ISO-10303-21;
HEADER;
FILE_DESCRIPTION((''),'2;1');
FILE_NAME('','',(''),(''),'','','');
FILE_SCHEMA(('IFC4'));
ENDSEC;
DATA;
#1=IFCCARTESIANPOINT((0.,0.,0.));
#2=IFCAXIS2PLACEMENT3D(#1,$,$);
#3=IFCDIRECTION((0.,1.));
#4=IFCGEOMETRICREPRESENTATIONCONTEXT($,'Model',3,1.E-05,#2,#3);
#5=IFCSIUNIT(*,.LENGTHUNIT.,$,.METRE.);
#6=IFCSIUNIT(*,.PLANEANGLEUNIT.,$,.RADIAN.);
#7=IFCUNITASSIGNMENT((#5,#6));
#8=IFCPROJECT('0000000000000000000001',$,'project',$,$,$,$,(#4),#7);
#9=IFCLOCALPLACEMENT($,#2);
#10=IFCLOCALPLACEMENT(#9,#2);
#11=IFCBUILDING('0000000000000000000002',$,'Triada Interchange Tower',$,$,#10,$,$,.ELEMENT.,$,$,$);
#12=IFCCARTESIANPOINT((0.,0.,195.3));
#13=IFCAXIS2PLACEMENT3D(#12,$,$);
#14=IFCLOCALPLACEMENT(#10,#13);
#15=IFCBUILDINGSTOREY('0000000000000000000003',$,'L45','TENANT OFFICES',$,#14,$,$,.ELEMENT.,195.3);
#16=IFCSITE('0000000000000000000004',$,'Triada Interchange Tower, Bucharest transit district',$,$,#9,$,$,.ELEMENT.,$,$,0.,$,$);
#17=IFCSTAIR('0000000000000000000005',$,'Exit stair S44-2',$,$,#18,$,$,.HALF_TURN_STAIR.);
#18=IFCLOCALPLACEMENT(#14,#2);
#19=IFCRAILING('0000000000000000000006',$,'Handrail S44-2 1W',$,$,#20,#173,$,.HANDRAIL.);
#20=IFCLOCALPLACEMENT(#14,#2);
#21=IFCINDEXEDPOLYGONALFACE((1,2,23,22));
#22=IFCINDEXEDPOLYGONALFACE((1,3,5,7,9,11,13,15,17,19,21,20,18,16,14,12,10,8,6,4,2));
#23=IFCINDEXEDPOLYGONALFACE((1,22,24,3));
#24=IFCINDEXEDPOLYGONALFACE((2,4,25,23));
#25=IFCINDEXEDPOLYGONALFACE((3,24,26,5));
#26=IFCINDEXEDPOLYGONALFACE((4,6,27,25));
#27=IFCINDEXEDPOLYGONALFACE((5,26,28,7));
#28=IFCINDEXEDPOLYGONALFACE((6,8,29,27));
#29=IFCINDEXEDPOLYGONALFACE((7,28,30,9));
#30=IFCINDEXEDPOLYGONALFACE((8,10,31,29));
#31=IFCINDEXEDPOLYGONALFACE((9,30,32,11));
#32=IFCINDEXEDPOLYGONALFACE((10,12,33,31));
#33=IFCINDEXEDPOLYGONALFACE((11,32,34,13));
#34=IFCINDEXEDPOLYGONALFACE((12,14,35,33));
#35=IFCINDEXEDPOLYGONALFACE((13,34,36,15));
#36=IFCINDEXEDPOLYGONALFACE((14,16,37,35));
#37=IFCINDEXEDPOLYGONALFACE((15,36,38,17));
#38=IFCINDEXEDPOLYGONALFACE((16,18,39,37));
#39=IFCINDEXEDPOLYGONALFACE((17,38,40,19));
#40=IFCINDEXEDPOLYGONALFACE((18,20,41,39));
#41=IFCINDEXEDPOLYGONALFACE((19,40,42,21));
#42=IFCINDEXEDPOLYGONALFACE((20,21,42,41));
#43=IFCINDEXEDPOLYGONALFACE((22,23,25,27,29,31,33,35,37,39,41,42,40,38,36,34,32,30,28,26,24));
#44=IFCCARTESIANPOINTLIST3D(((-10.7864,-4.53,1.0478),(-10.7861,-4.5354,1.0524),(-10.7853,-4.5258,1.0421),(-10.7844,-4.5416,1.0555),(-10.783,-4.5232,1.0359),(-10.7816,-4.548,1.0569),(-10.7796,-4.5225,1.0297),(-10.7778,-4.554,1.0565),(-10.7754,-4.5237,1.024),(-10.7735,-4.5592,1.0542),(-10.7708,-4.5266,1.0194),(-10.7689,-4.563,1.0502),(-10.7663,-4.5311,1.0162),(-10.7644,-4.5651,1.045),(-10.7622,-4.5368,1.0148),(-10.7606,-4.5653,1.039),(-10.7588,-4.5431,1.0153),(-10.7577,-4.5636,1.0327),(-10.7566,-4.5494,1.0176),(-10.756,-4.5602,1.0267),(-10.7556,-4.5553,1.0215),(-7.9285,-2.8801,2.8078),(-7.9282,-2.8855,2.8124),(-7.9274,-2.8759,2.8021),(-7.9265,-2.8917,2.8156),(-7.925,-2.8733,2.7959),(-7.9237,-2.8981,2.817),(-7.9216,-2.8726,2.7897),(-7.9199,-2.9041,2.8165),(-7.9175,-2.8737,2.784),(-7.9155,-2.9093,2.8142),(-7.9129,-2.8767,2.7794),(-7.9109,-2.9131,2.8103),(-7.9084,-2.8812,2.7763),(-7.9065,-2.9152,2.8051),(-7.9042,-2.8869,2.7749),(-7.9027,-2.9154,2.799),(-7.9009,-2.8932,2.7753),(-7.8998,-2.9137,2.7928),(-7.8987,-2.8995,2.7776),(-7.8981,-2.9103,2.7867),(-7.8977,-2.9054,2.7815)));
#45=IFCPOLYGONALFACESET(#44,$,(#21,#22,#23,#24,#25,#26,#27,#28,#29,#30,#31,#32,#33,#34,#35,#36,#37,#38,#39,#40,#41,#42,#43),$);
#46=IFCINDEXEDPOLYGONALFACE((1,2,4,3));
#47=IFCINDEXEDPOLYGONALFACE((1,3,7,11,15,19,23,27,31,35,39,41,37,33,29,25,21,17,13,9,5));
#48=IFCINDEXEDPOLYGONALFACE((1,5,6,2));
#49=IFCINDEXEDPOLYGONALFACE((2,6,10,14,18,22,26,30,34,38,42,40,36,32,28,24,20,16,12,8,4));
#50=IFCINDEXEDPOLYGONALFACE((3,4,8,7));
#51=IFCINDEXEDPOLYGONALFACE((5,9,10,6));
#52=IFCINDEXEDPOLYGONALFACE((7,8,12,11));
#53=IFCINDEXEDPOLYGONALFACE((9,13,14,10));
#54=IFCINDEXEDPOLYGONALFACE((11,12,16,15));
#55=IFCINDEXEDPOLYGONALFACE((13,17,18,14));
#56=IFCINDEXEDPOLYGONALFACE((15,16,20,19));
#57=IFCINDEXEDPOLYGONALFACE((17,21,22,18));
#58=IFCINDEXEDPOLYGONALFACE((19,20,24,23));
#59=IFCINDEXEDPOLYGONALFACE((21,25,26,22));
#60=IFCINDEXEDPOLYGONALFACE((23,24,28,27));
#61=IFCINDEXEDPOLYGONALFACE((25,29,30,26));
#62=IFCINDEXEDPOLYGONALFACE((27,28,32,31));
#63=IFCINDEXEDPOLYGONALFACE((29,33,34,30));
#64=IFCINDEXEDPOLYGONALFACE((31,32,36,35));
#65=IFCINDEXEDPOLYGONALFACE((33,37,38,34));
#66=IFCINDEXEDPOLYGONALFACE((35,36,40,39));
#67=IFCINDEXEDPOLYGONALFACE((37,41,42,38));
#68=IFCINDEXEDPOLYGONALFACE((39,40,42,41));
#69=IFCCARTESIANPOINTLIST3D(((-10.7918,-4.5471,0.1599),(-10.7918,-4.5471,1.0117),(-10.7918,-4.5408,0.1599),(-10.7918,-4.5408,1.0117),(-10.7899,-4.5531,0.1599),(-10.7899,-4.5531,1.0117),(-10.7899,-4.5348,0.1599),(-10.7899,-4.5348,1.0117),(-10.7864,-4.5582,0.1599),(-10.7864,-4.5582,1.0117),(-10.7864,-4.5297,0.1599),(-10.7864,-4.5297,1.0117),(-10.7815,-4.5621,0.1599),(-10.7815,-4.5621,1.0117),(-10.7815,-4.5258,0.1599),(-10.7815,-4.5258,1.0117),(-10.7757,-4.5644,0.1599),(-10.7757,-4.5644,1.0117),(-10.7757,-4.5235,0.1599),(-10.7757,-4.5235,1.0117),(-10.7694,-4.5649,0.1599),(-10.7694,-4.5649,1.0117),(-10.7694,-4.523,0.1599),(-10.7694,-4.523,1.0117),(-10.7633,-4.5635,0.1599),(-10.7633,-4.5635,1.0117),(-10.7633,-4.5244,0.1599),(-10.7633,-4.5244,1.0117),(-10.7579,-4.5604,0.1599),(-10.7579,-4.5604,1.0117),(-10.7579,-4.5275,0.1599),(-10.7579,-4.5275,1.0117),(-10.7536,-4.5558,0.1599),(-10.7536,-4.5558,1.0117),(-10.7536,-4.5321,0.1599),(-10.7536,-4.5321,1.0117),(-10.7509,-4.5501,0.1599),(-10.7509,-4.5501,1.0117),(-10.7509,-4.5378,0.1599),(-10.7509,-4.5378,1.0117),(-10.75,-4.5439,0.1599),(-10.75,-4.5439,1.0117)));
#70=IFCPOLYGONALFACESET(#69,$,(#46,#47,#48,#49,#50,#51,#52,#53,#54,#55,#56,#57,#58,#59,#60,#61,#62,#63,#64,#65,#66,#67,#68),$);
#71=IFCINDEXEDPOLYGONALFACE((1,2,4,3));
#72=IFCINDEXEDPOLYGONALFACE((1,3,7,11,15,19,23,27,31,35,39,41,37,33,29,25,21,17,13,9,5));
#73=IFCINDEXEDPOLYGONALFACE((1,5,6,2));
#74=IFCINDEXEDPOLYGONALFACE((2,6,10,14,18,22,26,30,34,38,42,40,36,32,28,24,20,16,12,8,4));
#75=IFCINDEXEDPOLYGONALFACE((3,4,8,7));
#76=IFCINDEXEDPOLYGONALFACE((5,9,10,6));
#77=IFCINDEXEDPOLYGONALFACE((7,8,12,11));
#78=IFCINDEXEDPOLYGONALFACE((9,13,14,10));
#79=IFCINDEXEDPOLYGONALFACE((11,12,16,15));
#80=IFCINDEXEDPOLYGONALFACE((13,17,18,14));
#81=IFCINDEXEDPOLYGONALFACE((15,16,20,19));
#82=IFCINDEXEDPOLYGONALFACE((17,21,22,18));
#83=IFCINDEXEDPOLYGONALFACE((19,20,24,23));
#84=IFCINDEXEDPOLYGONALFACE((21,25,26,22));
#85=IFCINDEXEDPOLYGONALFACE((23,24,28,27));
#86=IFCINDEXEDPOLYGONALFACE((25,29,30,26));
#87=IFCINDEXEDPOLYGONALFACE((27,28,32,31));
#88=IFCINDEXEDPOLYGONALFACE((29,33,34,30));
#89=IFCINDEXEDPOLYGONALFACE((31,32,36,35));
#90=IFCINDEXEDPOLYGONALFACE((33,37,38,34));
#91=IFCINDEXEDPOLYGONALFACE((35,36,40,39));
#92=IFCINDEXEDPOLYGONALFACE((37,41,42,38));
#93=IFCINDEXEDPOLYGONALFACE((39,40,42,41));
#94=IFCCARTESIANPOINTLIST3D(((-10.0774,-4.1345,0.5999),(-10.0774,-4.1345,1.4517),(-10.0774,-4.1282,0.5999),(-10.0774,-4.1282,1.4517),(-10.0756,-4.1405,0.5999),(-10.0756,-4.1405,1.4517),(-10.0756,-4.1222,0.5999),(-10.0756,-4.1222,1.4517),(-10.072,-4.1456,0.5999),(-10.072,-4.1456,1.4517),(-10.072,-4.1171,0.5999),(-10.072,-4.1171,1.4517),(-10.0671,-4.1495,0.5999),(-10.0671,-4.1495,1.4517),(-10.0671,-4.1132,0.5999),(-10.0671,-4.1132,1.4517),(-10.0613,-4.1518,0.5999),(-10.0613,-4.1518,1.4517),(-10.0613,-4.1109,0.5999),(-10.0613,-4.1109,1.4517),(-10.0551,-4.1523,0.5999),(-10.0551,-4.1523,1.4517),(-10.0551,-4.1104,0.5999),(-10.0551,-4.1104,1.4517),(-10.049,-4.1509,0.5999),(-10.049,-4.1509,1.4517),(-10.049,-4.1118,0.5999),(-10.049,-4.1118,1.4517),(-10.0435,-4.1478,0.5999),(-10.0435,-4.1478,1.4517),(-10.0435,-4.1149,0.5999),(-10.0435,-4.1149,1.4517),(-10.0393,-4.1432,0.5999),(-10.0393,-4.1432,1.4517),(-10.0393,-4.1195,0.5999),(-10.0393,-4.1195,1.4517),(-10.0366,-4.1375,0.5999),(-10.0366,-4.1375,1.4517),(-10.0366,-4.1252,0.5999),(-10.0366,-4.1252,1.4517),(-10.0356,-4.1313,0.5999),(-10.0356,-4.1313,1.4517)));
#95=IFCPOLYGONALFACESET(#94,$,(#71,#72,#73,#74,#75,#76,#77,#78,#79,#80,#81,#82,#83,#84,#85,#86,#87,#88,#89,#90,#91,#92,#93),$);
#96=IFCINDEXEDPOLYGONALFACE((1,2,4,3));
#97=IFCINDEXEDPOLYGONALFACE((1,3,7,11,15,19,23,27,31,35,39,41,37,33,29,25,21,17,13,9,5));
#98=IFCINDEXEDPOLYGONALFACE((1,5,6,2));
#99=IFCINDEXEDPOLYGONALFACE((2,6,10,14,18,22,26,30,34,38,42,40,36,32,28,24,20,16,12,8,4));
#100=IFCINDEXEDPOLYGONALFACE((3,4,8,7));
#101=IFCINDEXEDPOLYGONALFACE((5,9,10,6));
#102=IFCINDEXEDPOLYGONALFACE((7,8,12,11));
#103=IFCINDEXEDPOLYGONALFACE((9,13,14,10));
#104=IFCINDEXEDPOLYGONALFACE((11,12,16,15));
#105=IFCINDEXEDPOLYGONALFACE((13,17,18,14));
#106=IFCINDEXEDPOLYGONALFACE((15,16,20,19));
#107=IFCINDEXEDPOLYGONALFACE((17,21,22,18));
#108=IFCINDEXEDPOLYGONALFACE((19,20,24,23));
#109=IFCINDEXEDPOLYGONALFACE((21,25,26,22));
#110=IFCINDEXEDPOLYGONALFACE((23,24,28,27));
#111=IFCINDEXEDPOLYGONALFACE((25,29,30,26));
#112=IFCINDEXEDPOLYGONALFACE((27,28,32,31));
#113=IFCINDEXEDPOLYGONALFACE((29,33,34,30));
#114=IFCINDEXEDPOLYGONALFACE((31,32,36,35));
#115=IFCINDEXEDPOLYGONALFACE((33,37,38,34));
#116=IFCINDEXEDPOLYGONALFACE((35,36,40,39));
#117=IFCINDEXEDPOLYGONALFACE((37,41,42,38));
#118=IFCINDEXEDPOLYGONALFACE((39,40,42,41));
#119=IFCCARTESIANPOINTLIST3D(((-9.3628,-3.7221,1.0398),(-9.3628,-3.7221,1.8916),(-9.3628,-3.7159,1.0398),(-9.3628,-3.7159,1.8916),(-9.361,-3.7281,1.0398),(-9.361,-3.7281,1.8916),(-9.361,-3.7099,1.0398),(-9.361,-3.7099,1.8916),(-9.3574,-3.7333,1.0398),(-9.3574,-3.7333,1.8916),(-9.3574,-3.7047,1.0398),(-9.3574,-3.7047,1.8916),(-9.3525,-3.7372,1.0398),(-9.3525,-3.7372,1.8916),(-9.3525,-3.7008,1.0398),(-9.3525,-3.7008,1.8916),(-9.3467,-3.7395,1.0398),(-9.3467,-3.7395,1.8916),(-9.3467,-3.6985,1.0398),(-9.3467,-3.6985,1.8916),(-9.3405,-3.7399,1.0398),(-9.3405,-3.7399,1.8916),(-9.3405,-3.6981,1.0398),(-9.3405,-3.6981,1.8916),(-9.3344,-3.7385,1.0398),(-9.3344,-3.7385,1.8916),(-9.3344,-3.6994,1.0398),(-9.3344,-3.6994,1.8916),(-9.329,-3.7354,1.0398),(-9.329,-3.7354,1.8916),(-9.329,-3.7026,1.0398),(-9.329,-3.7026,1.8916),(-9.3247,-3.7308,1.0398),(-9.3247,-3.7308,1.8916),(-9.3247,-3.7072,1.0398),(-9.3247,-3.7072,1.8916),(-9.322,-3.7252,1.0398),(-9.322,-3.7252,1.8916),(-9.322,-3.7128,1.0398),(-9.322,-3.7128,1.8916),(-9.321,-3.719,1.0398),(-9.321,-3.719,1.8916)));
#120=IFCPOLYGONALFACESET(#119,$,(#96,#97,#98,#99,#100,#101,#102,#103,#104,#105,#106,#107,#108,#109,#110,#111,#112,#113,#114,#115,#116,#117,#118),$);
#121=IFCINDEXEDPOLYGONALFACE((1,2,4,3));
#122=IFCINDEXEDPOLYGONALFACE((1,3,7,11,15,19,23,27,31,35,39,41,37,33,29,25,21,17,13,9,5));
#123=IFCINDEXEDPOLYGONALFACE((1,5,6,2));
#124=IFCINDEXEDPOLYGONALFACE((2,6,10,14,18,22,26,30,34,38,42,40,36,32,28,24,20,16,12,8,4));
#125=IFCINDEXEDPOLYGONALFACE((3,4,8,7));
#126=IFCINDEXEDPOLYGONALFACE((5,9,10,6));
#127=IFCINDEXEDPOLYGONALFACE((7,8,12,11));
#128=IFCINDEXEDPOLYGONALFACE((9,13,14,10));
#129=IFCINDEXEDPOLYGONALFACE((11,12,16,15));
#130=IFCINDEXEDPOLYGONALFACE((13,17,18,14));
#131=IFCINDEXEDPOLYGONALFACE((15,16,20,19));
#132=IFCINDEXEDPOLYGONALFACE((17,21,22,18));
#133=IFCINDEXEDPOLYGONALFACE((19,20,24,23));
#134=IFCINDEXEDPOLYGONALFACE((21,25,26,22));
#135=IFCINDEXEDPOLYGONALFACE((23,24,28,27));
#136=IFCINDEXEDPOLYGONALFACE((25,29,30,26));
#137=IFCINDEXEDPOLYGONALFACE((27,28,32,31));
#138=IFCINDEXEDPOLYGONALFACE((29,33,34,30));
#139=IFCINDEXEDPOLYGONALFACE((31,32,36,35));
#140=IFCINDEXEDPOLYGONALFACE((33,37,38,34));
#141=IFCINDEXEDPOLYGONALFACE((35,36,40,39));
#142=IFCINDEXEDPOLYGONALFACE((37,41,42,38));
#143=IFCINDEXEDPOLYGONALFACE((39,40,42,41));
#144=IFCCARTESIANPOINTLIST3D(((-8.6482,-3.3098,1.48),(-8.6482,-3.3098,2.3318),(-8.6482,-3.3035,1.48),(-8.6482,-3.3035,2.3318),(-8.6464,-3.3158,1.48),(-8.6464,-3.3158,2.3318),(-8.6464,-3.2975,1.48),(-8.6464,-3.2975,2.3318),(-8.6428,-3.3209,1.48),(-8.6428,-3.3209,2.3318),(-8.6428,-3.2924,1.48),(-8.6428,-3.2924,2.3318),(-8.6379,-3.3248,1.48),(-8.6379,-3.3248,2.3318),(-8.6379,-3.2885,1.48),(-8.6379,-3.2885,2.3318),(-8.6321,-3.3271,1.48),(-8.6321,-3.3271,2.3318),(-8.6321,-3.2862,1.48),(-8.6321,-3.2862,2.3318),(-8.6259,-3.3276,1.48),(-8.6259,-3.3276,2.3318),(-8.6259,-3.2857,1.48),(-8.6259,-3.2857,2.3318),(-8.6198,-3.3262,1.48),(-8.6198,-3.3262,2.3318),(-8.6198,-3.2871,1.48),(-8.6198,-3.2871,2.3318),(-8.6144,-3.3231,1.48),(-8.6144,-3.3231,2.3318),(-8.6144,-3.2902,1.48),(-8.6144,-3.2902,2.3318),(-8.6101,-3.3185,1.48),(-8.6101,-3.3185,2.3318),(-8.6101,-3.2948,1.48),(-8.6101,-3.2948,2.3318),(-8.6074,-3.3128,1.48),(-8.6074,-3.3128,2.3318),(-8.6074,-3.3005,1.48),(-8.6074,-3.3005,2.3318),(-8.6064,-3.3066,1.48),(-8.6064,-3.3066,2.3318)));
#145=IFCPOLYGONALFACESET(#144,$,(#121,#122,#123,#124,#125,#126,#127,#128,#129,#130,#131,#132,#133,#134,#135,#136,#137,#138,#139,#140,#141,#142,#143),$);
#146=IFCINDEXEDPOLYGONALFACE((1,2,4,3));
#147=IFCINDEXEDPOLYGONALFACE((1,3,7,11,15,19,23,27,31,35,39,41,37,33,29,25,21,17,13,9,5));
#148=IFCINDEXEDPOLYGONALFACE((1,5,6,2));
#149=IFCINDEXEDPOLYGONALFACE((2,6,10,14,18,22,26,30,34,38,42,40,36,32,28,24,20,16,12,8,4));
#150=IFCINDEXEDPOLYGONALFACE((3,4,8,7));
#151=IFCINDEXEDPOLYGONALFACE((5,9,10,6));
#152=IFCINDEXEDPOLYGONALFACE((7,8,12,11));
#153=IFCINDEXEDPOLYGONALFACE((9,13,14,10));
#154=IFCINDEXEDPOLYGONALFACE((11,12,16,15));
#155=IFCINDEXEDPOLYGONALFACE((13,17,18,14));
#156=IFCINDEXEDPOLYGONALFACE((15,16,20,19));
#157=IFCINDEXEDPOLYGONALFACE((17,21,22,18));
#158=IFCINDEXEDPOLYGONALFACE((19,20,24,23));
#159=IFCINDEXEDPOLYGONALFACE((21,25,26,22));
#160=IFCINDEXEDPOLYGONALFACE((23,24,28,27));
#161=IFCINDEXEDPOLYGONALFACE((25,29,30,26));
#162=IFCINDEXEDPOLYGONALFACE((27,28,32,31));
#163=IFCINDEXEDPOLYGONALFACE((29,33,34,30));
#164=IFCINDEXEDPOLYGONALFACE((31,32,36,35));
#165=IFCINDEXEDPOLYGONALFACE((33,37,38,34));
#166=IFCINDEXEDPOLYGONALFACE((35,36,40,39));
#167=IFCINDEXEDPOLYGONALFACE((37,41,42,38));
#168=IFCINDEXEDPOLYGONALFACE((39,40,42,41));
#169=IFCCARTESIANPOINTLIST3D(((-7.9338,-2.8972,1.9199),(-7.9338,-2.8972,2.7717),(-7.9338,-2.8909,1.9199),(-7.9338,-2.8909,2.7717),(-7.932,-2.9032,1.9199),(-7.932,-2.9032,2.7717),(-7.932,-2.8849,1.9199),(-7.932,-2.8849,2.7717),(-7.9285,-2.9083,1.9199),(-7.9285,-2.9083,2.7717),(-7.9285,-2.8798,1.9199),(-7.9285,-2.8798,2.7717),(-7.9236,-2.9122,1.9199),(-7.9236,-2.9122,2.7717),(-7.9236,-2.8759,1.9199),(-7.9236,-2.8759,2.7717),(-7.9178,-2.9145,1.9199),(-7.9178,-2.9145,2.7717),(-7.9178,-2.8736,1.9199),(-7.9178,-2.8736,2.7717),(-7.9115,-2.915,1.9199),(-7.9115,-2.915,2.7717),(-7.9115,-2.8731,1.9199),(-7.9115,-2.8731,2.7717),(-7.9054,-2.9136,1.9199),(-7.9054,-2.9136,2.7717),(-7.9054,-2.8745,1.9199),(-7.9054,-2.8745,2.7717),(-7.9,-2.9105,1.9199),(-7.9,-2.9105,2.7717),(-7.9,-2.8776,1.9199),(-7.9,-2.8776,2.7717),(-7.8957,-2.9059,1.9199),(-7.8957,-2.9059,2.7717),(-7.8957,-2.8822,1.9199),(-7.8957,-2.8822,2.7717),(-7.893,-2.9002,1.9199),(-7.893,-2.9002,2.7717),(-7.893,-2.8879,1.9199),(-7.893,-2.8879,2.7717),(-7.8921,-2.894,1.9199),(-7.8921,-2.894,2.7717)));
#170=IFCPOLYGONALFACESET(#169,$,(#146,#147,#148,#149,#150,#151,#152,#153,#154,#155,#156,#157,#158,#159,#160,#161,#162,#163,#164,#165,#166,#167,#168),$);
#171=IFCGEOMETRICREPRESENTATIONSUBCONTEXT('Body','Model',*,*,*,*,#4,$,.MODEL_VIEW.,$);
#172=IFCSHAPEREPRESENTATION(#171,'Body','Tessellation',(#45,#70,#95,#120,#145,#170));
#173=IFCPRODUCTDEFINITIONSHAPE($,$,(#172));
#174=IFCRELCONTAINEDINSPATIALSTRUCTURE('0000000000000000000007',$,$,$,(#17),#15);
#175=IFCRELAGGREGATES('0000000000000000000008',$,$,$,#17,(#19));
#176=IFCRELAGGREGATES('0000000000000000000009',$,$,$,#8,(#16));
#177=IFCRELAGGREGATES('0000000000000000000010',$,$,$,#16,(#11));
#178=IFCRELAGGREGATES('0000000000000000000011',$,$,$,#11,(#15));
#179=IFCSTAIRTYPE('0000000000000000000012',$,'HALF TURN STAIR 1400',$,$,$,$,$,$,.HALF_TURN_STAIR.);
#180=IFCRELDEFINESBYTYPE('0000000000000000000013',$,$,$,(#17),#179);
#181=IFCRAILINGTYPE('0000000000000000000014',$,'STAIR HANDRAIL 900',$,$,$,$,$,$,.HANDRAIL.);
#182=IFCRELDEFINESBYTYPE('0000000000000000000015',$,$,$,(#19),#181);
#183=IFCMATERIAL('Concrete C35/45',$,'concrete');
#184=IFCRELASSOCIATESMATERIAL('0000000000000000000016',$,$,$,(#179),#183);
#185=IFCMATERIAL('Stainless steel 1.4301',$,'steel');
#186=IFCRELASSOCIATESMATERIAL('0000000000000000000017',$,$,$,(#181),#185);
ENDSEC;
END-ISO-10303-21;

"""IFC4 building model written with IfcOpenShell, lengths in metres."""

from ifc_helpers import new_model, si_unit, direction, frame, origin, origin_2d, place, context, subcontext, project, spatial, circle, extrude, material, type_object, element, aggregate, save


model = new_model("IFC4")

# Units and contexts
model_context = context("Model", 3, precision=1e-05, world=origin(), true_north=direction((0.0, 1.0)))
body_context = subcontext(model_context, "Body", "Model", "MODEL_VIEW")
ifc_project = project(units=[si_unit("LENGTHUNIT", "METRE"), si_unit("PLANEANGLEUNIT", "RADIAN")], contexts=[model_context])

# Site, building, storey
site_placement = place(None, origin())
site = spatial("IfcSite", under=ifc_project, at=site_placement, Name="Triada Interchange Tower, Bucharest transit district", CompositionType="ELEMENT", RefElevation=0.0)
building_placement = place(site_placement, origin())
building = spatial("IfcBuilding", under=site, at=building_placement, Name="Triada Interchange Tower", CompositionType="ELEMENT")
storey_placement = place(building_placement, frame((0.0, 0.0, 195.3)))
storey = spatial("IfcBuildingStorey", under=building, at=storey_placement, Name="L45", Description="TENANT OFFICES", CompositionType="ELEMENT", Elevation=195.3)

# Stair
ifc_material_1 = material(Name="Concrete C35/45", Category="concrete")
stair_type = type_object("IfcStairType", Name="HALF TURN STAIR 1400", PredefinedType="HALF_TURN_STAIR", material=ifc_material_1)
stair_placement = place(storey_placement, origin())
stair = element("IfcStair", 1, at=stair_placement, inside=storey, type_object=stair_type, Name="Exit stair S44-2", PredefinedType="HALF_TURN_STAIR")

# Railing
ifc_material_2 = material(Name="Stainless steel 1.4301", Category="steel")
railing_type = type_object("IfcRailingType", Name="STAIR HANDRAIL 900", PredefinedType="HANDRAIL", material=ifc_material_2)
railing_1_placement = place(storey_placement, frame((-10.771, -4.5439, 0.1599)))
railing_1 = element("IfcRailing", 2, at=railing_1_placement, type_object=railing_type, Name="Handrail S44-2 1W", PredefinedType="HANDRAIL", context=body_context, shape_type="SweptSolid", body=[
    extrude(circle(Radius=0.0239, at=origin_2d()), frame((0.0, 0.0, 0.876), z_axis=(0.764151, 0.441153, 0.470593), x_axis=(-0.499974, 0.86604, 0.0)), (0.0, 0.0, 1.0), 3.74),
    extrude(circle(Radius=0.021, at=origin_2d()), origin(), (0.0, 0.0, 1.0), 0.8518),
    extrude(circle(Radius=0.021, at=origin_2d()), frame((0.7144, 0.4126, 0.4399)), (0.0, 0.0, 1.0), 0.8518),
    extrude(circle(Radius=0.021, at=origin_2d()), frame((1.429, 0.825, 0.8799)), (0.0, 0.0, 1.0), 0.8518),
    extrude(circle(Radius=0.021, at=origin_2d()), frame((2.1436, 1.2373, 1.3201)), (0.0, 0.0, 1.0), 0.8518),
    extrude(circle(Radius=0.021, at=origin_2d()), frame((2.8579, 1.6499, 1.76)), (0.0, 0.0, 1.0), 0.8518),
])
aggregate(stair, [railing_1])

save(model, "model.ifc")
